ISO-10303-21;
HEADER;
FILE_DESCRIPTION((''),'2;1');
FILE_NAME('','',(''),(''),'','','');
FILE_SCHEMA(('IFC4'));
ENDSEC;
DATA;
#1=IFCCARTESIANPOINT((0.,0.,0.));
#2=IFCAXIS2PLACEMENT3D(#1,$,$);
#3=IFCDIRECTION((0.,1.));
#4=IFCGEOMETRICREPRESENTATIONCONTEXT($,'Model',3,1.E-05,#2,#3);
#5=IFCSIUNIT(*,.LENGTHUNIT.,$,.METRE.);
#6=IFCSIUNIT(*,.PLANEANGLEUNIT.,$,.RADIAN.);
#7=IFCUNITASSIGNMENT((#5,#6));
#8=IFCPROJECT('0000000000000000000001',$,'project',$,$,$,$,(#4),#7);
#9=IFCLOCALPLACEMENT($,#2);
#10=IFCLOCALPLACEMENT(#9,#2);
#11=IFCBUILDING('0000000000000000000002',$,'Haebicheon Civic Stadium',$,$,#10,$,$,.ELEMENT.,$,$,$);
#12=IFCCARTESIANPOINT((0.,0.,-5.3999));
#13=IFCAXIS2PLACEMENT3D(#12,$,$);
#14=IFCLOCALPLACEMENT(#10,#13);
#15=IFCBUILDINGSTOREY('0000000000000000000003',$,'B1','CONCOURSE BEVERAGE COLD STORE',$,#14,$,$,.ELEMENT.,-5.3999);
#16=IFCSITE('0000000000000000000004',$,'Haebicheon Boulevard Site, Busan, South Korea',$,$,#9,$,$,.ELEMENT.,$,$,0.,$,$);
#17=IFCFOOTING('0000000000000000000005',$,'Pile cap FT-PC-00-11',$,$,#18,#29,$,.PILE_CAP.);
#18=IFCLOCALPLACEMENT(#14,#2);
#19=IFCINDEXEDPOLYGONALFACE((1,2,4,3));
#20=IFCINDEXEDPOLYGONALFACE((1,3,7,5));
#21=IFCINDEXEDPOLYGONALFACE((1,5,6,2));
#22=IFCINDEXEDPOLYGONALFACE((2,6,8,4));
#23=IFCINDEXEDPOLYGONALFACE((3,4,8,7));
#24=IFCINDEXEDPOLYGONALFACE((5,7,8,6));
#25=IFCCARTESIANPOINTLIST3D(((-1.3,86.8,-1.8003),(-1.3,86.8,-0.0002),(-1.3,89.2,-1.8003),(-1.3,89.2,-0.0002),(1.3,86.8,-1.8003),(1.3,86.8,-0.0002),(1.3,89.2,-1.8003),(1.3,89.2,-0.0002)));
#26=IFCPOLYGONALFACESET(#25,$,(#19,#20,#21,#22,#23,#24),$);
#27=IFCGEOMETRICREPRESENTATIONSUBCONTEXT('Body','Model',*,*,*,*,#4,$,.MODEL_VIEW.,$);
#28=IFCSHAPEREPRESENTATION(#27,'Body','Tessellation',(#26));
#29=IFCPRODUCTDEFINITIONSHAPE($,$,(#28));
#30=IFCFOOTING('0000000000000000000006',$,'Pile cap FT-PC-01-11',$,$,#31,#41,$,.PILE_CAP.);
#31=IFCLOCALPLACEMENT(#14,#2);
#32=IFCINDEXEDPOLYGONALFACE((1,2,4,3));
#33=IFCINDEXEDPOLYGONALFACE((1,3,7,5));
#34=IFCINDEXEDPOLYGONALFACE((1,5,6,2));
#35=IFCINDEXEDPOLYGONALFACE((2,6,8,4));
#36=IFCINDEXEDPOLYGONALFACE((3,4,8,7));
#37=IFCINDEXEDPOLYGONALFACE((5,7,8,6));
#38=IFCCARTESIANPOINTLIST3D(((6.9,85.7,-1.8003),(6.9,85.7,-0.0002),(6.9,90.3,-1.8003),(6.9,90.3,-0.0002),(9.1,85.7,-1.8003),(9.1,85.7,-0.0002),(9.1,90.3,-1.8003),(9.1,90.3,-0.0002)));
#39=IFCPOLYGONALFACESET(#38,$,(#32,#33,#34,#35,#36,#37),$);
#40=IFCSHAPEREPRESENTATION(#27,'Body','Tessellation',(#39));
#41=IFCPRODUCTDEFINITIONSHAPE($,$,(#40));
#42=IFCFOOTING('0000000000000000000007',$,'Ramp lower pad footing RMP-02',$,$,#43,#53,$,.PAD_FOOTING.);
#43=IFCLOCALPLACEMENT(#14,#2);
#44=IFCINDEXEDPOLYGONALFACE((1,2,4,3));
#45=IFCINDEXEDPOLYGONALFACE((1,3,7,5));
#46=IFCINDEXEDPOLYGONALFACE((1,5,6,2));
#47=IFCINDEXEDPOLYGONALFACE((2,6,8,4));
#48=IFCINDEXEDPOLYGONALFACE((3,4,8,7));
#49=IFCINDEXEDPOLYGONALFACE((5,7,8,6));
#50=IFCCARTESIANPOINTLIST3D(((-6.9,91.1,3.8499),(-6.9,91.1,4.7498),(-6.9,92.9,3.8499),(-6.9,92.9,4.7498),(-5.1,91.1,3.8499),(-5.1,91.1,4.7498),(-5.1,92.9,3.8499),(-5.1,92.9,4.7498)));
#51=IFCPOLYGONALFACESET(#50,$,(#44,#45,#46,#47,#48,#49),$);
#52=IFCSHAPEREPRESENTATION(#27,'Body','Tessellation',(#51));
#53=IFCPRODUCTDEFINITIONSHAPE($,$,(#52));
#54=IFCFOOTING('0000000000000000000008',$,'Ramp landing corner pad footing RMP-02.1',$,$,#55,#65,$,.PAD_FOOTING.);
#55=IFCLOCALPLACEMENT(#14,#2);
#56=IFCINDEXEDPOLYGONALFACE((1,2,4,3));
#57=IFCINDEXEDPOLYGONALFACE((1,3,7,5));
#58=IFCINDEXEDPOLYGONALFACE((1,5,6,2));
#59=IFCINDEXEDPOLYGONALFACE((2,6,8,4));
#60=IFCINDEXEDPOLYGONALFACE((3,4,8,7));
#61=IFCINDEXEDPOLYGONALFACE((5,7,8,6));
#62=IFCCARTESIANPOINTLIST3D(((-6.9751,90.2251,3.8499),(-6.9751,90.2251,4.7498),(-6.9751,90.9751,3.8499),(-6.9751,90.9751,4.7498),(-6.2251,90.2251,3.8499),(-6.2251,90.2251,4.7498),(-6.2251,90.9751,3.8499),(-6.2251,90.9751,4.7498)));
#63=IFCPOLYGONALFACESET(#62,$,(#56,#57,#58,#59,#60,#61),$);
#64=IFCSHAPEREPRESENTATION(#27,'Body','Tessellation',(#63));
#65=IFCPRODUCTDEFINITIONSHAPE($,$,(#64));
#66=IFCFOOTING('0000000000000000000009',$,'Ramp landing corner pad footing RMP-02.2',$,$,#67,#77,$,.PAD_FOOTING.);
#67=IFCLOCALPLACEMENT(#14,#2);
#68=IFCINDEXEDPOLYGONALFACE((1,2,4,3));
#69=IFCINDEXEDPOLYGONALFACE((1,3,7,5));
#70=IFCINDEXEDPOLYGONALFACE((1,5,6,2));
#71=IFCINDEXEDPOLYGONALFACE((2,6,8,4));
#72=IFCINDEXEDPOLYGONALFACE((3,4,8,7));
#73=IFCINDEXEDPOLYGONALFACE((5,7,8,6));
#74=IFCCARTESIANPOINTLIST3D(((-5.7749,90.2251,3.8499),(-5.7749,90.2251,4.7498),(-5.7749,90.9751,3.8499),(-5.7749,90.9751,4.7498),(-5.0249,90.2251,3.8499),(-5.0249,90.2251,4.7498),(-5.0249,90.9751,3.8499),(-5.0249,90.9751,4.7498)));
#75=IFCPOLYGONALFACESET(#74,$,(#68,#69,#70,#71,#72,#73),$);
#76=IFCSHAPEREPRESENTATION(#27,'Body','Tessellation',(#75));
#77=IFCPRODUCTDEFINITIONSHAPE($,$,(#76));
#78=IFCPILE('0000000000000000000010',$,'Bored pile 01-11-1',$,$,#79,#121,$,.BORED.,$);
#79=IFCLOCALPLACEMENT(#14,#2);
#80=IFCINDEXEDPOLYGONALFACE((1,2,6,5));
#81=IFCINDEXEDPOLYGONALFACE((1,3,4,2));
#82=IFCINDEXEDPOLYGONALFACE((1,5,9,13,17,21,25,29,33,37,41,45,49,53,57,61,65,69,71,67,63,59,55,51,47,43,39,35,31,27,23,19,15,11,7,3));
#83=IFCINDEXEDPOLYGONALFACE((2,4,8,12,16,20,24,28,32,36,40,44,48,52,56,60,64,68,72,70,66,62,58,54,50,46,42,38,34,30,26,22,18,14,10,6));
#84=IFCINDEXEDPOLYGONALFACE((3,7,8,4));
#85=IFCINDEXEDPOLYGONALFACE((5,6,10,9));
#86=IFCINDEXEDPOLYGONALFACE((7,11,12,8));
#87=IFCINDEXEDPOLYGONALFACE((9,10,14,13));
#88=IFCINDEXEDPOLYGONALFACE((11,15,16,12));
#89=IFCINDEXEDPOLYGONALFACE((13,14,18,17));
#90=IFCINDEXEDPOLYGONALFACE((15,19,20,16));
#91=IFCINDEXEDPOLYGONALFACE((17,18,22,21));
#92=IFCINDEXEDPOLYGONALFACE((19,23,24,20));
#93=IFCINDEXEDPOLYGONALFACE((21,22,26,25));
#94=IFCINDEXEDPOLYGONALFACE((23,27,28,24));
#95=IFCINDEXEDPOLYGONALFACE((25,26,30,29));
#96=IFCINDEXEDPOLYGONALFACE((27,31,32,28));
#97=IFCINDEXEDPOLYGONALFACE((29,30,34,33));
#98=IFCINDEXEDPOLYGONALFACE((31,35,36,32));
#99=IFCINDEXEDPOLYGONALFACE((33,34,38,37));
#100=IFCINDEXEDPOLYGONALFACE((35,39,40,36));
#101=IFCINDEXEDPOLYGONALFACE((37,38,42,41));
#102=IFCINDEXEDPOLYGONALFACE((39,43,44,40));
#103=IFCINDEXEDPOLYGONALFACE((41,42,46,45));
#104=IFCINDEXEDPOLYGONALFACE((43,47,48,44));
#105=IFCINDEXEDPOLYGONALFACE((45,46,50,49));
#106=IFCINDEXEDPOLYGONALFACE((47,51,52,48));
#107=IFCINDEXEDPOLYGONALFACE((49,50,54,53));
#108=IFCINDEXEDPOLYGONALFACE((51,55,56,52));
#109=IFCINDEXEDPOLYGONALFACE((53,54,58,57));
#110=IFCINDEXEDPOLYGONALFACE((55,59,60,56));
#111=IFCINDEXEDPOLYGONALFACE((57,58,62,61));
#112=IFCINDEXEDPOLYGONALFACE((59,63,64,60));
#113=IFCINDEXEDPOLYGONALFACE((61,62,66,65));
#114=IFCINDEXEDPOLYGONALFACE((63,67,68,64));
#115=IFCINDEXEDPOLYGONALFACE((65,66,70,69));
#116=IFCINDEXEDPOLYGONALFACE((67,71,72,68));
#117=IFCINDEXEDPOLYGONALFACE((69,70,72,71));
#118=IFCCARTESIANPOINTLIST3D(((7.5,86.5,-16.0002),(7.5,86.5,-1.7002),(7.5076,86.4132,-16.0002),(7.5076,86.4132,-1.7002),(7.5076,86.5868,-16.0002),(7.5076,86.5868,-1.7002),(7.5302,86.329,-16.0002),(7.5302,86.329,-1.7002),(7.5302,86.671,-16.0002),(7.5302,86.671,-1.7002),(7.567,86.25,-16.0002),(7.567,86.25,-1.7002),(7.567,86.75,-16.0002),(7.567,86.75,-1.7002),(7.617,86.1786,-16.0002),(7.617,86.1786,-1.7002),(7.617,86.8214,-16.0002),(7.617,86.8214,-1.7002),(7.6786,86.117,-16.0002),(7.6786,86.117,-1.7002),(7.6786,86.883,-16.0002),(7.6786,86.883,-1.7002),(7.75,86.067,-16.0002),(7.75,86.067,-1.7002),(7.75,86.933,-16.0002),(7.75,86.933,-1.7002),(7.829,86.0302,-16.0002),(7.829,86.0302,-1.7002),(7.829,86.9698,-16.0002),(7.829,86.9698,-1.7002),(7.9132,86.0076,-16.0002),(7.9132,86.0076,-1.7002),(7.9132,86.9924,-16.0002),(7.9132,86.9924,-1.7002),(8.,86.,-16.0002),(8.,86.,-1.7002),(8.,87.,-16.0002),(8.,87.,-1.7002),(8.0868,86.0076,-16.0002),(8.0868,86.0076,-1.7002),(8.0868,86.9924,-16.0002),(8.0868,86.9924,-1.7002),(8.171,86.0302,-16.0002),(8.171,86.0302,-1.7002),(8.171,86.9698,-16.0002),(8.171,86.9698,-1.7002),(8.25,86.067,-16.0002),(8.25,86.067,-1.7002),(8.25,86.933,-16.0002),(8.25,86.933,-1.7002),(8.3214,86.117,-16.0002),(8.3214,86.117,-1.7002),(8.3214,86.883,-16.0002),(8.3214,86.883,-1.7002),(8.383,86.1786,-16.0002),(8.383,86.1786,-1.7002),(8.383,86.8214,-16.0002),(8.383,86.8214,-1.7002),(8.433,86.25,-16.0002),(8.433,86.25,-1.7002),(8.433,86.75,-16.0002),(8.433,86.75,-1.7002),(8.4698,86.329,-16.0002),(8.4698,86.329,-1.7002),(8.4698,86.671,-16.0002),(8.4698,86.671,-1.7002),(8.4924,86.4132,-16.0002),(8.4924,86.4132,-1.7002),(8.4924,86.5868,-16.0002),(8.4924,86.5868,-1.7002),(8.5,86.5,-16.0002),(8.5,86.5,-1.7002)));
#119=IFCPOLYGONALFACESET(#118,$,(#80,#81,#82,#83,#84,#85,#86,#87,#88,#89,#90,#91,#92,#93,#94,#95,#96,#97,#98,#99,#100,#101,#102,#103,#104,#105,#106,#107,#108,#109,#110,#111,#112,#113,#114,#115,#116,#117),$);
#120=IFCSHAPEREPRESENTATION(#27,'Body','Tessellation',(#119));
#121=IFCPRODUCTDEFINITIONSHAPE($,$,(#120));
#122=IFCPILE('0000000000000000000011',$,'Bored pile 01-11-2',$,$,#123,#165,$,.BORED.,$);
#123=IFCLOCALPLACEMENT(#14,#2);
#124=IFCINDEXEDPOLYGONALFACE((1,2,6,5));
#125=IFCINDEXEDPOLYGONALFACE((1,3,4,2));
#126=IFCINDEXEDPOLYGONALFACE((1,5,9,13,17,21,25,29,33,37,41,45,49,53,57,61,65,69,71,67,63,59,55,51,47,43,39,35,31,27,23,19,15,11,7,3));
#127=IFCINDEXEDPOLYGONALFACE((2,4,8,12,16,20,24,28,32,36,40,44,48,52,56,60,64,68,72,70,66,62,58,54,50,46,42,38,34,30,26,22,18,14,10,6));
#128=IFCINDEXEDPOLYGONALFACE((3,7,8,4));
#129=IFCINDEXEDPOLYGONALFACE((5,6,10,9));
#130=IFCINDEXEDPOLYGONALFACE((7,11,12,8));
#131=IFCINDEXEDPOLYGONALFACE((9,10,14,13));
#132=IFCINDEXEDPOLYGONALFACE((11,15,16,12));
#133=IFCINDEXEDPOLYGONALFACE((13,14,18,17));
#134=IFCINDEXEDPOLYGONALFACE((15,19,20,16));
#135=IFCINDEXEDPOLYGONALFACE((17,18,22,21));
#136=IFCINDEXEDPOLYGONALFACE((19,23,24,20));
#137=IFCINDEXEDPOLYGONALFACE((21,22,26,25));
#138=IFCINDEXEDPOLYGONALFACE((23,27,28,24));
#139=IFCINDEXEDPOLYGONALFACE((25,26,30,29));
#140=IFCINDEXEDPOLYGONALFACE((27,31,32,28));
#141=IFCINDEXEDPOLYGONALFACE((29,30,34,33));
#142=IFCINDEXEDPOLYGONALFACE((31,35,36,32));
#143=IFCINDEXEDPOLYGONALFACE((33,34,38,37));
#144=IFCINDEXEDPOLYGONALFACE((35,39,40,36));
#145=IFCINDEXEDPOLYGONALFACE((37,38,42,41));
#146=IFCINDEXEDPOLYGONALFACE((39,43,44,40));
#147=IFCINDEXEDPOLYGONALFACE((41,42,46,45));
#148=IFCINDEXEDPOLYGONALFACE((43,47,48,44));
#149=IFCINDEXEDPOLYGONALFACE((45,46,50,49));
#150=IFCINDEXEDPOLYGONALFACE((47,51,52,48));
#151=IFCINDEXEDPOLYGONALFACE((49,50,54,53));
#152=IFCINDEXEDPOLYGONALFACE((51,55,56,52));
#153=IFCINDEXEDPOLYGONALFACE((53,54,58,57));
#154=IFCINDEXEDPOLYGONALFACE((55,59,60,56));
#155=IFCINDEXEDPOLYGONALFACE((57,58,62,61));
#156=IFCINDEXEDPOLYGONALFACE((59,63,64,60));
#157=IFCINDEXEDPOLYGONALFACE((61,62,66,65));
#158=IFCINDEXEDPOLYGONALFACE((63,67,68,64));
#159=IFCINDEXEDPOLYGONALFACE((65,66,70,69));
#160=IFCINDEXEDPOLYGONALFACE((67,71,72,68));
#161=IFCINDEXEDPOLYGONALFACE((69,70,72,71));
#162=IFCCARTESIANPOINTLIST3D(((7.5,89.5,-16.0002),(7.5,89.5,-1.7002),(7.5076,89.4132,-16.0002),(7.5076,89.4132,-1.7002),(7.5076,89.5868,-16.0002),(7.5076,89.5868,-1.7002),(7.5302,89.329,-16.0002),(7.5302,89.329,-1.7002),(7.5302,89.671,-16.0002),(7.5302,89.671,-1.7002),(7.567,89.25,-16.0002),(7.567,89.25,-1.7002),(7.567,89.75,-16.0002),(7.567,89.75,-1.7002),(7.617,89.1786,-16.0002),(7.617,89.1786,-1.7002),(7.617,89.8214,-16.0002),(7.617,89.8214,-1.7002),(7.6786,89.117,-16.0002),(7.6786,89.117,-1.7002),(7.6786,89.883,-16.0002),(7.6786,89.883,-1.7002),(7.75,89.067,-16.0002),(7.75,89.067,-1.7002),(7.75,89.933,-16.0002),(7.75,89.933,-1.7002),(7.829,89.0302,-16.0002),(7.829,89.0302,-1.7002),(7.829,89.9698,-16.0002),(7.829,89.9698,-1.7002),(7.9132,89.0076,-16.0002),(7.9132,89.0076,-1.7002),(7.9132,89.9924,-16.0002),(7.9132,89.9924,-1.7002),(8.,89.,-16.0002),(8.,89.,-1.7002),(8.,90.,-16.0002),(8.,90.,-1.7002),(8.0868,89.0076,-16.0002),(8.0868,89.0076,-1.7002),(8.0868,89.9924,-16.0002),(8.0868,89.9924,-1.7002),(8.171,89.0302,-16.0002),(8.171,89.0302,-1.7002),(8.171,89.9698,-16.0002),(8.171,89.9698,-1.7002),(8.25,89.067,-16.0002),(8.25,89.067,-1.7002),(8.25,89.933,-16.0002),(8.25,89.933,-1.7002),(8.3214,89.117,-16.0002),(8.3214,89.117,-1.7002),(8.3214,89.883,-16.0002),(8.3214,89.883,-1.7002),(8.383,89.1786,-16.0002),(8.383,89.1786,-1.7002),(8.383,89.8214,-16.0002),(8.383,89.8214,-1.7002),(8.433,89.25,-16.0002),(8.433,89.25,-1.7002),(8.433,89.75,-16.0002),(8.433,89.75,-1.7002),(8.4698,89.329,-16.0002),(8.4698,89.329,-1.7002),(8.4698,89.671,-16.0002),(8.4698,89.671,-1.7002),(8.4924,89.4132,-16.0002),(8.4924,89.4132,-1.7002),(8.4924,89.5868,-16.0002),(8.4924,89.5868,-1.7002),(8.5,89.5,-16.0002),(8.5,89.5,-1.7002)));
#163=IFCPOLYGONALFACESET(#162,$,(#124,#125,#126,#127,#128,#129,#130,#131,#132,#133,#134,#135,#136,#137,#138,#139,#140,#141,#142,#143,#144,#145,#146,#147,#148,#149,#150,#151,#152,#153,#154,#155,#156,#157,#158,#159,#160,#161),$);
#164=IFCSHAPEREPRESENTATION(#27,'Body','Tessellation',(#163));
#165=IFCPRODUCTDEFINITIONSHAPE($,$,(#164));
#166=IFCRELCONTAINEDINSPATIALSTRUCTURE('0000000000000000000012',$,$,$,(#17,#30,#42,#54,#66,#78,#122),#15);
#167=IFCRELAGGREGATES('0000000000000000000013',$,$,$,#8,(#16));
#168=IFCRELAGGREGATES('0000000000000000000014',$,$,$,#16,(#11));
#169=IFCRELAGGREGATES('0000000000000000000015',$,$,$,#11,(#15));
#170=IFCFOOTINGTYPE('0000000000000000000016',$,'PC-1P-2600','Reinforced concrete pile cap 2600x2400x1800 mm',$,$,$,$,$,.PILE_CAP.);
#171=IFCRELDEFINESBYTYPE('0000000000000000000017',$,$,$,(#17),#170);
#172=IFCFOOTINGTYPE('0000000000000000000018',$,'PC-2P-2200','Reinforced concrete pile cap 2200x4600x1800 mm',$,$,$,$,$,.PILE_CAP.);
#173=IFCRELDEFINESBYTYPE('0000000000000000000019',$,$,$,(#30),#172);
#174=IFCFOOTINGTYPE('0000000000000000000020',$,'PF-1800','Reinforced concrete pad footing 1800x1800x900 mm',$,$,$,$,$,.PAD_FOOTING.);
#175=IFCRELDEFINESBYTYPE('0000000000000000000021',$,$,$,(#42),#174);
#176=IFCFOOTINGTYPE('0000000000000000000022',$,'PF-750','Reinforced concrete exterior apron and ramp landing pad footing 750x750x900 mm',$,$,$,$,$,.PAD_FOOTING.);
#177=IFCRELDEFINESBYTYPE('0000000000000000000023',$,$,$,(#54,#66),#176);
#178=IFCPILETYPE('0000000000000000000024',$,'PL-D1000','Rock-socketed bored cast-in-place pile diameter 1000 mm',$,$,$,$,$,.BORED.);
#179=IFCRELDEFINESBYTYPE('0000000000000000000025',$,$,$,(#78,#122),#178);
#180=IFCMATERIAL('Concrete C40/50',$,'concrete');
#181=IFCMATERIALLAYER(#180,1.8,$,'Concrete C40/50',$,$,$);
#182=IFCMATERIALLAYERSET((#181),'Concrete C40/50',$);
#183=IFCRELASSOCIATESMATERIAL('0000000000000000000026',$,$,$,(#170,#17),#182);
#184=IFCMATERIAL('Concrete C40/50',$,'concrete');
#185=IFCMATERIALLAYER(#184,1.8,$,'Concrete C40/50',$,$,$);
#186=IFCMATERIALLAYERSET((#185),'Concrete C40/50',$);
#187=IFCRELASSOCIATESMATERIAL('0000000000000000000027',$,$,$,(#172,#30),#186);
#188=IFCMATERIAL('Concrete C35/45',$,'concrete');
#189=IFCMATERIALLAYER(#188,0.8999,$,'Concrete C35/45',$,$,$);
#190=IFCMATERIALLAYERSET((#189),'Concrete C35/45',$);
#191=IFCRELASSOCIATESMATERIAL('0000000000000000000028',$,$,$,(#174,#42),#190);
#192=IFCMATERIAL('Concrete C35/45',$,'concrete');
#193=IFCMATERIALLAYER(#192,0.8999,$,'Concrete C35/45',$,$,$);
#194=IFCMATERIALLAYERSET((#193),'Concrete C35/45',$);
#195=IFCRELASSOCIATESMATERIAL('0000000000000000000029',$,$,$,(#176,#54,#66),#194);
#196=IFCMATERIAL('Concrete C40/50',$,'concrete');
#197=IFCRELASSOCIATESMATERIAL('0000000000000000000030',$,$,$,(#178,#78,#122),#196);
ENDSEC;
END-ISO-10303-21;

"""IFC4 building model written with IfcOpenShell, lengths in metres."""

from ifc_helpers import new_model, si_unit, direction, frame, origin, origin_2d, place, context, subcontext, project, spatial, rectangle, circle, extrude, material, layer, layer_set, material_profile, profile_set, type_object, element, save


model = new_model("IFC4")

# Units and contexts
model_context = context("Model", 3, precision=1e-05, world=origin(), true_north=direction((0.0, 1.0)))
body_context = subcontext(model_context, "Body", "Model", "MODEL_VIEW")
ifc_project = project(units=[si_unit("LENGTHUNIT", "METRE"), si_unit("PLANEANGLEUNIT", "RADIAN")], contexts=[model_context])

# Site, building, storey
site_placement = place(None, origin())
site = spatial("IfcSite", under=ifc_project, at=site_placement, Name="Haebicheon Boulevard Site, Busan, South Korea", CompositionType="ELEMENT", RefElevation=0.0)
building_placement = place(site_placement, origin())
building = spatial("IfcBuilding", under=site, at=building_placement, Name="Haebicheon Civic Stadium", CompositionType="ELEMENT")
storey_placement = place(building_placement, frame((0.0, 0.0, -5.3999)))
storey = spatial("IfcBuildingStorey", under=building, at=storey_placement, Name="B1", Description="CONCOURSE BEVERAGE COLD STORE", CompositionType="ELEMENT", Elevation=-5.3999)

# Footings
ifc_material_1 = material(Name="Concrete C40/50", Category="concrete")
ifc_layer_1 = layer(ifc_material_1, 1.8, Name="Concrete C40/50")
ifc_layer_set_1 = layer_set([ifc_layer_1], Name="Concrete C40/50")
footing_type_1 = type_object("IfcFootingType", Name="PC-1P-2600", Description="Reinforced concrete pile cap 2600x2400x1800 mm", PredefinedType="PILE_CAP", material=ifc_layer_set_1)
footing_1_placement = place(storey_placement, frame((0.0, 88.0, -1.8003), z_axis=(0.0, 0.0, 1.0), x_axis=(1.0, 0.0, 0.0)))
element("IfcFooting", 1, at=footing_1_placement, inside=storey, type_object=footing_type_1, material=ifc_layer_set_1, Name="Pile cap FT-PC-00-11", PredefinedType="PILE_CAP", context=body_context, shape_type="SweptSolid", body=[
    extrude(rectangle(XDim=2.6001, YDim=2.3999, at=origin_2d()), origin(), (0.0, 0.0, 1.0), 1.8),
])
ifc_material_2 = material(Name="Concrete C40/50", Category="concrete")
ifc_layer_2 = layer(ifc_material_2, 1.8, Name="Concrete C40/50")
ifc_layer_set_2 = layer_set([ifc_layer_2], Name="Concrete C40/50")
footing_type_2 = type_object("IfcFootingType", Name="PC-2P-2200", Description="Reinforced concrete pile cap 2200x4600x1800 mm", PredefinedType="PILE_CAP", material=ifc_layer_set_2)
footing_2_placement = place(storey_placement, frame((8.0, 88.0, -1.8003), z_axis=(0.0, 0.0, 1.0), x_axis=(1.0, 0.0, 0.0)))
element("IfcFooting", 2, at=footing_2_placement, inside=storey, type_object=footing_type_2, material=ifc_layer_set_2, Name="Pile cap FT-PC-01-11", PredefinedType="PILE_CAP", context=body_context, shape_type="SweptSolid", body=[
    extrude(rectangle(XDim=2.2, YDim=4.6001, at=origin_2d()), origin(), (0.0, 0.0, 1.0), 1.8),
])
ifc_material_3 = material(Name="Concrete C35/45", Category="concrete")
ifc_layer_3 = layer(ifc_material_3, 0.8999, Name="Concrete C35/45")
ifc_layer_set_3 = layer_set([ifc_layer_3], Name="Concrete C35/45")
footing_type_3 = type_object("IfcFootingType", Name="PF-1800", Description="Reinforced concrete pad footing 1800x1800x900 mm", PredefinedType="PAD_FOOTING", material=ifc_layer_set_3)
footing_3_placement = place(storey_placement, frame((-6.0, 92.0, 3.8499), z_axis=(0.0, 0.0, 1.0), x_axis=(1.0, 0.0, 0.0)))
element("IfcFooting", 3, at=footing_3_placement, inside=storey, type_object=footing_type_3, material=ifc_layer_set_3, Name="Ramp lower pad footing RMP-02", PredefinedType="PAD_FOOTING", context=body_context, shape_type="SweptSolid", body=[
    extrude(rectangle(XDim=1.8, YDim=1.8, at=origin_2d()), origin(), (0.0, 0.0, 1.0), 0.8999),
])
ifc_material_4 = material(Name="Concrete C35/45", Category="concrete")
ifc_layer_4 = layer(ifc_material_4, 0.8999, Name="Concrete C35/45")
ifc_layer_set_4 = layer_set([ifc_layer_4], Name="Concrete C35/45")
footing_type_4 = type_object("IfcFootingType", Name="PF-750", Description="Reinforced concrete exterior apron and ramp landing pad footing 750x750x900 mm", PredefinedType="PAD_FOOTING", material=ifc_layer_set_4)
for number, where, z_axis, x_axis, name in (
    (4, (-6.6001, 90.6001, 3.8499), (0.0, 0.0, 1.0), (1.0, 0.0, 0.0), "Ramp landing corner pad footing RMP-02.1"),
    (5, (-5.3999, 90.6001, 3.8499), (0.0, 0.0, 1.0), (1.0, 0.0, 0.0), "Ramp landing corner pad footing RMP-02.2"),
):
    element("IfcFooting", number, at=place(storey_placement, frame(where, z_axis=z_axis, x_axis=x_axis)), inside=storey, type_object=footing_type_4, material=ifc_layer_set_4, Name=name, PredefinedType="PAD_FOOTING", context=body_context, shape_type="SweptSolid", body=[
        extrude(rectangle(XDim=0.75, YDim=0.75, at=origin_2d()), origin(), (0.0, 0.0, 1.0), 0.8999),
    ])

# Piles
ifc_material_5 = material(Name="Concrete C40/50", Category="concrete")
ifc_material_profile_1 = material_profile(ifc_material_5, circle(Radius=0.5, at=origin_2d()), Name="PILE-D1000")
ifc_profile_set_1 = profile_set([ifc_material_profile_1], Name="Concrete C40/50")
pile_type_1 = type_object("IfcPileType", Name="PL-D1000", Description="Rock-socketed bored cast-in-place pile diameter 1000 mm", PredefinedType="BORED", material=ifc_profile_set_1)
for number, where, z_axis, x_axis, name in (
    (6, (8.0, 86.5, -1.7002), (0.0, 0.0, -1.0), (1.0, 0.0, 0.0), "Bored pile 01-11-1"),
    (7, (8.0, 89.5, -1.7002), (0.0, 0.0, -1.0), (1.0, 0.0, 0.0), "Bored pile 01-11-2"),
):
    element("IfcPile", number, at=place(storey_placement, frame(where, z_axis=z_axis, x_axis=x_axis)), inside=storey, type_object=pile_type_1, material=ifc_profile_set_1, Name=name, PredefinedType="BORED", context=body_context, shape_type="SweptSolid", body=[
        extrude(circle(Radius=0.5, at=origin_2d()), origin(), (0.0, 0.0, 1.0), 14.3),
    ])

save(model, "model.ifc")
